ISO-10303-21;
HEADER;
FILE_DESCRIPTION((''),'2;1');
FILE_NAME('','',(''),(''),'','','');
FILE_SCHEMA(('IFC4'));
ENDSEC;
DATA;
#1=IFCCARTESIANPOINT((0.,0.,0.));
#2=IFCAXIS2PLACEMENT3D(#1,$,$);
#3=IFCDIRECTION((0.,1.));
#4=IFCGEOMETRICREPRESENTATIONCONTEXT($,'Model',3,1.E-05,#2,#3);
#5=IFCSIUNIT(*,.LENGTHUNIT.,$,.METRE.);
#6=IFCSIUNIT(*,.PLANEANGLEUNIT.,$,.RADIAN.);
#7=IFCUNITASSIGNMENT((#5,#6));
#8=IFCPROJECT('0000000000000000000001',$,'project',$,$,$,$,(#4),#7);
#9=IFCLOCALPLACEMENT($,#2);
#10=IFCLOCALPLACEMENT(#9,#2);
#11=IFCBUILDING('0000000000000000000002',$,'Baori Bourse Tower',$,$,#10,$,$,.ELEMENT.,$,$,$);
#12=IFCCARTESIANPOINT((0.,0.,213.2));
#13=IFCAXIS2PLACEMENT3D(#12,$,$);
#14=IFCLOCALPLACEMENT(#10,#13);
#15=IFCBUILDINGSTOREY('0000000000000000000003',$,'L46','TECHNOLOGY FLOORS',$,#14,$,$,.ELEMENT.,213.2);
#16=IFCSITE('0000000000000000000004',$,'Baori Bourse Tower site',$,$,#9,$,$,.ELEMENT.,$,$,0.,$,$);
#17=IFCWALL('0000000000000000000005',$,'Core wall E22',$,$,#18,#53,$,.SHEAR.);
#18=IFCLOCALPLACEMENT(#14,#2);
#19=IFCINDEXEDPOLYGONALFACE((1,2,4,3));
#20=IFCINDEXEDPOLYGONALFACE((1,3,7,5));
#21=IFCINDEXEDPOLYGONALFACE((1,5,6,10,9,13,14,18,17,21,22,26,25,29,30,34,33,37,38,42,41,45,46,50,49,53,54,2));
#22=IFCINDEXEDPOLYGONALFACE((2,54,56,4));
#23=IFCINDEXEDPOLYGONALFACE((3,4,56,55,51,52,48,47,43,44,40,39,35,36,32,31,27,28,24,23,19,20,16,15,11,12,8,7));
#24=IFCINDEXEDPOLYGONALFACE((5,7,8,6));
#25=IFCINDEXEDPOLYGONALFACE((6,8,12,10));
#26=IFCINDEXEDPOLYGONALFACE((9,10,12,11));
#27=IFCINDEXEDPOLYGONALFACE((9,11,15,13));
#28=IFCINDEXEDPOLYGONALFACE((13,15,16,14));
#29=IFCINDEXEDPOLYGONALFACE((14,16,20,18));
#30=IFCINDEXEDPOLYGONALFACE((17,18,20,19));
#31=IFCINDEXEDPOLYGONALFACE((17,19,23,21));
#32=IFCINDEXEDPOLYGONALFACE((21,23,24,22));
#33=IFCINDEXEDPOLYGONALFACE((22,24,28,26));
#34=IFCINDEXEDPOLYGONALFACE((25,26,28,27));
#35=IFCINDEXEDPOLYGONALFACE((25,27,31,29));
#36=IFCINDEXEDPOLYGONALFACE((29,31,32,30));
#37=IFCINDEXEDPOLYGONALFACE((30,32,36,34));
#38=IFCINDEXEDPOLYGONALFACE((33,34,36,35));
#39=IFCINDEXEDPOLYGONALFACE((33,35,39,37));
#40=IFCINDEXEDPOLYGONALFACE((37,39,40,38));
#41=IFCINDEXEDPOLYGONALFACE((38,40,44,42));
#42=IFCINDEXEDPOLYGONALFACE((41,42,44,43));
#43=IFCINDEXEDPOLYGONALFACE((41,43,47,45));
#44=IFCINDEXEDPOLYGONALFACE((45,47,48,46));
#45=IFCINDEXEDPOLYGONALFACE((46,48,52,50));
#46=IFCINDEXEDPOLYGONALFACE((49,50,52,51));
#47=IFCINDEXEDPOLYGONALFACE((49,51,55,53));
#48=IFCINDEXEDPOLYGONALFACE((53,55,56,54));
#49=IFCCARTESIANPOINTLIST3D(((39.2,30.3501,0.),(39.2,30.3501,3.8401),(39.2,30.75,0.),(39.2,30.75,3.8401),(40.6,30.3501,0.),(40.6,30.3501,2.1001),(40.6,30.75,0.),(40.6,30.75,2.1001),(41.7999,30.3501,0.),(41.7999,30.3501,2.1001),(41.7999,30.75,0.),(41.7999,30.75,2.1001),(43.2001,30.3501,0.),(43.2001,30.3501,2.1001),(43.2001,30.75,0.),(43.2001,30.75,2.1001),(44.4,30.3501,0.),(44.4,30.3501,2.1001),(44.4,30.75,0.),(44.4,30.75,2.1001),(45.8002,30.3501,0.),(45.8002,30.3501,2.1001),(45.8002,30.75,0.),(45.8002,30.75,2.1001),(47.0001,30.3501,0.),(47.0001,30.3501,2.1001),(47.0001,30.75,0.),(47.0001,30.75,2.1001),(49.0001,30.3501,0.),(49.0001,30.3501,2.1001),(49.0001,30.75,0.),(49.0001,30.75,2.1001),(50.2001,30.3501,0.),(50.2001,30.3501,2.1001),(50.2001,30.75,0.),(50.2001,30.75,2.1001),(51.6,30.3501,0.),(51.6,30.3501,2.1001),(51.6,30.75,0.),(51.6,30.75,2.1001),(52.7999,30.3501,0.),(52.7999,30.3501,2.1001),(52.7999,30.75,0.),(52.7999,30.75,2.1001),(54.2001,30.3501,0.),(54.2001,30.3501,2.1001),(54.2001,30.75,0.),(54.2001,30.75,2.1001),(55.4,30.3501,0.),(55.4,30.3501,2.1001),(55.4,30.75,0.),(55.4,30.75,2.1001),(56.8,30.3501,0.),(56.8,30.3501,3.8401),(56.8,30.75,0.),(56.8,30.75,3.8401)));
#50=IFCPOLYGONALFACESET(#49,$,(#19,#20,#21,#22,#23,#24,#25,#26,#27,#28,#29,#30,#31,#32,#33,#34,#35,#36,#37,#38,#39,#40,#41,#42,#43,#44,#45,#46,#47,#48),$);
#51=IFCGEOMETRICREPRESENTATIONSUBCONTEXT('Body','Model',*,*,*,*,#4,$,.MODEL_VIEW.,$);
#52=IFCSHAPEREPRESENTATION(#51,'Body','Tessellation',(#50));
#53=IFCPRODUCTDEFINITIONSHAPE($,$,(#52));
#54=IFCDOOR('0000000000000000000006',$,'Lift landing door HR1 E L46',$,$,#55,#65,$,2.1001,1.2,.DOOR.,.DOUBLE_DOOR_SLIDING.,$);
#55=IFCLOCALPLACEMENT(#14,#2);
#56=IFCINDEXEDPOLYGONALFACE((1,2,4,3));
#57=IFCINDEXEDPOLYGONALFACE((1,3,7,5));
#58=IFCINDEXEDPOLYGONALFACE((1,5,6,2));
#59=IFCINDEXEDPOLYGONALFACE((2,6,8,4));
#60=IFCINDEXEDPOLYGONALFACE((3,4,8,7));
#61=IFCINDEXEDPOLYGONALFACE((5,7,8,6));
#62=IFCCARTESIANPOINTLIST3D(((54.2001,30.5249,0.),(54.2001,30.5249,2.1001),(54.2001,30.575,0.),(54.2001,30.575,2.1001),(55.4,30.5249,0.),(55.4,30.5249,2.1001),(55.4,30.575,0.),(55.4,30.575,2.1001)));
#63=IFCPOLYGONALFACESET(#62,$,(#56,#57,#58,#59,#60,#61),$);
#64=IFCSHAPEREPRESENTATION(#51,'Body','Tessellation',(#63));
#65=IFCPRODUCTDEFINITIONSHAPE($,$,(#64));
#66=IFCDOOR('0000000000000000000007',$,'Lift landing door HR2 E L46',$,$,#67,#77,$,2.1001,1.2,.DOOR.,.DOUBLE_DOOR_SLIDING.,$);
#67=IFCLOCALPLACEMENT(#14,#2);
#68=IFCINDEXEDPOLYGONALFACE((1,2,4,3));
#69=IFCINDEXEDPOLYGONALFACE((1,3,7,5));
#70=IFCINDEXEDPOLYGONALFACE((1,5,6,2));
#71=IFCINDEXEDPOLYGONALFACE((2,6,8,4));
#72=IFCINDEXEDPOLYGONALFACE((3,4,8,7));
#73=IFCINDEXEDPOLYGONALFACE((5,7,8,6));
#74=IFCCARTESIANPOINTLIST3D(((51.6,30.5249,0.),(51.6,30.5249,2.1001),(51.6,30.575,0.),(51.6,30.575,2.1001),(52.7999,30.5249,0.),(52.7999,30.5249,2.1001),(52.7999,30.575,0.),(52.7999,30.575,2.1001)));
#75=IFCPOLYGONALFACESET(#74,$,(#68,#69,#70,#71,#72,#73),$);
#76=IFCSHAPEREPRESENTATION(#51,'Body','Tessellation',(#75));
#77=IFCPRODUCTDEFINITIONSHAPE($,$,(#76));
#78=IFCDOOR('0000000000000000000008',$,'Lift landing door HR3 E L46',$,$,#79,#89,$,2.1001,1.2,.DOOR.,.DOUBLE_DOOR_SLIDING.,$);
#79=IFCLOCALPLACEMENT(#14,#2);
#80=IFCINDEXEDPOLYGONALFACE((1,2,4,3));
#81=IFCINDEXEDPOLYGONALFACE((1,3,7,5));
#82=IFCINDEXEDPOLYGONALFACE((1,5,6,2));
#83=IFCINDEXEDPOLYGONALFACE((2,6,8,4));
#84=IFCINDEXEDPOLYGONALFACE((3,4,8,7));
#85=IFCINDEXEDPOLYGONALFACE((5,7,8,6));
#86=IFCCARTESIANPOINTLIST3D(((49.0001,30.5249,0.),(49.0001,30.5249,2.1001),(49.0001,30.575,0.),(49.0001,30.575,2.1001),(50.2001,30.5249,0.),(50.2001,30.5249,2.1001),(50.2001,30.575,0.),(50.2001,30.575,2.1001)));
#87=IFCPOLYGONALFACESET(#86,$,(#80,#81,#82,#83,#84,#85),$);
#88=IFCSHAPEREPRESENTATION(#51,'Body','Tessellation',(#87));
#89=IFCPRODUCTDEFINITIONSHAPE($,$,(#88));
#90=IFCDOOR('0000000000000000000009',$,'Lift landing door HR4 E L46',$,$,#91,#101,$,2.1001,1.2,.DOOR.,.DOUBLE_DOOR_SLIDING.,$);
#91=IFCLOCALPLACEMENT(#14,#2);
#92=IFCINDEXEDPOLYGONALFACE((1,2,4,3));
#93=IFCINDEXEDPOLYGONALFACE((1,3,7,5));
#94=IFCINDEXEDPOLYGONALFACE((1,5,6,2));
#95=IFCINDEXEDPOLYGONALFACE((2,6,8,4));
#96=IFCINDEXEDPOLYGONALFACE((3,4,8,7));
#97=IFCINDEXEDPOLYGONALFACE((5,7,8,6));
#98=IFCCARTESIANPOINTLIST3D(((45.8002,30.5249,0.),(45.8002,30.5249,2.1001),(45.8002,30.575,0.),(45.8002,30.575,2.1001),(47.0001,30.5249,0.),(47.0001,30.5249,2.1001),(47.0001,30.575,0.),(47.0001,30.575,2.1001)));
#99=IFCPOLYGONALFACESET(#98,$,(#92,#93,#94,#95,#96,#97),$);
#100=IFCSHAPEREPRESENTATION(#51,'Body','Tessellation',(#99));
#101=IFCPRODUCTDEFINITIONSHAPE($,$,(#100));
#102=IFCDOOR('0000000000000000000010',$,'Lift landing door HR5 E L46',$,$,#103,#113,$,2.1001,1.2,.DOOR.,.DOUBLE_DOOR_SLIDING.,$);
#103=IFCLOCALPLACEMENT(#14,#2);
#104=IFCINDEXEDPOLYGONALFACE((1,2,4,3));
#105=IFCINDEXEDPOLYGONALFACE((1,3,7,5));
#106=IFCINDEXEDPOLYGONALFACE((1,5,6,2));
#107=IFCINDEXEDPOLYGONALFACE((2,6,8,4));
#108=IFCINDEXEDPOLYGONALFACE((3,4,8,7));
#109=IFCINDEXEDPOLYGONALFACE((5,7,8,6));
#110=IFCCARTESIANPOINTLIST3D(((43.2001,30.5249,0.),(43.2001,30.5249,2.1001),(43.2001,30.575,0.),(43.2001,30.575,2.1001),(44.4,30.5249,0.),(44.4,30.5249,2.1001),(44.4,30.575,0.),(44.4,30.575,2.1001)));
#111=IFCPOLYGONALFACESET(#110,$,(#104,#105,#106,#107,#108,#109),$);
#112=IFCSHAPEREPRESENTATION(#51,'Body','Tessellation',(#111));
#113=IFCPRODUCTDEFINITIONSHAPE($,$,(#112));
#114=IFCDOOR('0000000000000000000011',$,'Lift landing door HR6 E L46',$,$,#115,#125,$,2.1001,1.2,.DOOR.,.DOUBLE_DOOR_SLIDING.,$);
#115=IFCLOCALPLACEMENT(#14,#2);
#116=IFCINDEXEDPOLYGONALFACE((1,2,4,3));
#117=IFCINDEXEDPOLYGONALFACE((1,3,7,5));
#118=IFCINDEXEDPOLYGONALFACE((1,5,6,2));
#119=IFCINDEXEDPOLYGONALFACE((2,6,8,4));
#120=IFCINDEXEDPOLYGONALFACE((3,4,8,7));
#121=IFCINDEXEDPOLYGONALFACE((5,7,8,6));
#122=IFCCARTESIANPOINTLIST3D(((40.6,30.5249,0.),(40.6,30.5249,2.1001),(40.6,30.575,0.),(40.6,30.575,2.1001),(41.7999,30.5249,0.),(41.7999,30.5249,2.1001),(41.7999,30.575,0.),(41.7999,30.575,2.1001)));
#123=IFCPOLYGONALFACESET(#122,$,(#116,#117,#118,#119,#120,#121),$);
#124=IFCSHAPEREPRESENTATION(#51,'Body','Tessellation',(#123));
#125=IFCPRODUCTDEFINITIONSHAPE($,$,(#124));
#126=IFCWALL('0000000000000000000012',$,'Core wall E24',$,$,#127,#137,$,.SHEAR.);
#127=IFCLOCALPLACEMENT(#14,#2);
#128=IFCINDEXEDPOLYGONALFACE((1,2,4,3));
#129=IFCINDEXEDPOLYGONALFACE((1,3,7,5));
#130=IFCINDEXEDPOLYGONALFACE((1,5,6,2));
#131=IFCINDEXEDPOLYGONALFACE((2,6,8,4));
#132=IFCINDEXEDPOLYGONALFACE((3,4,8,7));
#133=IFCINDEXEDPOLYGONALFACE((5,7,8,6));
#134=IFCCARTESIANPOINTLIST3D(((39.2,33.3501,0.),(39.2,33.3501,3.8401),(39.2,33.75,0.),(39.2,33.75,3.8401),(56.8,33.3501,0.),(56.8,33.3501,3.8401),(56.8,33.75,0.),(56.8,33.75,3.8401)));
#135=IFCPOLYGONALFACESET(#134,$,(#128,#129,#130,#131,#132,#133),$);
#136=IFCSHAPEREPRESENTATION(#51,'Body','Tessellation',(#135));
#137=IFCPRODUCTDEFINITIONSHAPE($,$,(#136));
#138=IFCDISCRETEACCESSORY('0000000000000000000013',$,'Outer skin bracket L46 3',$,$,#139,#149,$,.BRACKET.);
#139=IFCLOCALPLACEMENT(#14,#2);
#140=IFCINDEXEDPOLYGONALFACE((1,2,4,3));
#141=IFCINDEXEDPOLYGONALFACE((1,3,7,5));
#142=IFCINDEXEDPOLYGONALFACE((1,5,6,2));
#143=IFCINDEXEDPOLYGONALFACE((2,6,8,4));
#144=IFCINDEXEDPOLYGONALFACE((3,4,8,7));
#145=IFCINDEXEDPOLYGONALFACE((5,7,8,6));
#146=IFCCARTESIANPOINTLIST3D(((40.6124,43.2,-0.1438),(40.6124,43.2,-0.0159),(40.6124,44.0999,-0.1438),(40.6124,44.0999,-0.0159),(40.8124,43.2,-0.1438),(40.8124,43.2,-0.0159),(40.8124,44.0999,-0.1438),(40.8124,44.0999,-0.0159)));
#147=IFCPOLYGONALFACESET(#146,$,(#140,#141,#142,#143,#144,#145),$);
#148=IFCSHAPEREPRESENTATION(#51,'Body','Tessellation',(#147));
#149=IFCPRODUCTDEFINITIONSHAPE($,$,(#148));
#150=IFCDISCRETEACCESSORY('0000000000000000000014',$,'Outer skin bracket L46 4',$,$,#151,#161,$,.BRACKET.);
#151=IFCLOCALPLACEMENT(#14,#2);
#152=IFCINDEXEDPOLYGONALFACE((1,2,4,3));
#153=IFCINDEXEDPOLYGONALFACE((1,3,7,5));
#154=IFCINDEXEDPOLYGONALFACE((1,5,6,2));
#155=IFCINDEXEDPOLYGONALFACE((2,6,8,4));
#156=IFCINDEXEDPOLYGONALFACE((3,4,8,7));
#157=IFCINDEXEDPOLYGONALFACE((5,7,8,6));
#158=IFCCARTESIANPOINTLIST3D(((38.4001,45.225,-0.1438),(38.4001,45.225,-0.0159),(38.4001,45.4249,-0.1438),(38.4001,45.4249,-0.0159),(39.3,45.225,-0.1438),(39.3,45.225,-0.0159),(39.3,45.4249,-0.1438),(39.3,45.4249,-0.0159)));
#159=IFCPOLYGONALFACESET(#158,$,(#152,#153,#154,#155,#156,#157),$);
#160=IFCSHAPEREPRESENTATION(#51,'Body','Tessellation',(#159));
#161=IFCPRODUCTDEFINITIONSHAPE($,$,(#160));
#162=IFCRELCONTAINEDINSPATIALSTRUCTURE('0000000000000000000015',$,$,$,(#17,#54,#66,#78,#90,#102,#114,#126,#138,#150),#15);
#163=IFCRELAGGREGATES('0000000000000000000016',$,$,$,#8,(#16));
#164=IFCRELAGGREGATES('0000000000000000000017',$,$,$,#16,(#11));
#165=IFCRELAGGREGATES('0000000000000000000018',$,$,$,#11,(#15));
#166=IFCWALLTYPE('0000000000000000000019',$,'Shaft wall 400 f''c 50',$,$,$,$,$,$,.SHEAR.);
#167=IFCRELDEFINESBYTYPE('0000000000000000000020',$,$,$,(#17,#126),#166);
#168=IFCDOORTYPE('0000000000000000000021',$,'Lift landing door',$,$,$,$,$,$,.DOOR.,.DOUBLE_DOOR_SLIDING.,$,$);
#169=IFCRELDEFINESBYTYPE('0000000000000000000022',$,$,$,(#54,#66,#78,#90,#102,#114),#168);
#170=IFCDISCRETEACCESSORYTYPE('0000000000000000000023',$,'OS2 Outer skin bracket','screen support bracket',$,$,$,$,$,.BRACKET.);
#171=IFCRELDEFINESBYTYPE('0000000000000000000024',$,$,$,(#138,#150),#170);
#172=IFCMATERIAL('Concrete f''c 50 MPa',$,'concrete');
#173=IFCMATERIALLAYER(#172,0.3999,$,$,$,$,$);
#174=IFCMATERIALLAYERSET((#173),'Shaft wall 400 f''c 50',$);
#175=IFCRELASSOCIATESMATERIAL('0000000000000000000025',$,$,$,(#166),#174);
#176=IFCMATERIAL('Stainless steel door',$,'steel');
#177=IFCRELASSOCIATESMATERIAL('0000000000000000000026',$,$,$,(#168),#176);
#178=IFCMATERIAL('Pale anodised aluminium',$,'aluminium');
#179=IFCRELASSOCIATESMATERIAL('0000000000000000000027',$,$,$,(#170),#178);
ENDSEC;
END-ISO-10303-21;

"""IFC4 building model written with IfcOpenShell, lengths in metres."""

from ifc_helpers import new_model, si_unit, direction, frame, frame_2d, origin, origin_2d, place, context, subcontext, project, spatial, rectangle, extrude, material, layer, layer_set, type_object, element, fill, save


model = new_model("IFC4")

# Units and contexts
model_context = context("Model", 3, precision=1e-05, world=origin(), true_north=direction((0.0, 1.0)))
body_context = subcontext(model_context, "Body", "Model", "MODEL_VIEW")
ifc_project = project(units=[si_unit("LENGTHUNIT", "METRE"), si_unit("PLANEANGLEUNIT", "RADIAN")], contexts=[model_context])

# Site, building, storey
site_placement = place(None, origin())
site = spatial("IfcSite", under=ifc_project, at=site_placement, Name="Baori Bourse Tower site", CompositionType="ELEMENT", RefElevation=0.0)
building_placement = place(site_placement, origin())
building = spatial("IfcBuilding", under=site, at=building_placement, Name="Baori Bourse Tower", CompositionType="ELEMENT")
storey_placement = place(building_placement, frame((0.0, 0.0, 213.2)))
storey = spatial("IfcBuildingStorey", under=building, at=storey_placement, Name="L46", Description="TECHNOLOGY FLOORS", CompositionType="ELEMENT", Elevation=213.2)

# Wall, openings, doors
ifc_material_1 = material(Name="Concrete f'c 50 MPa", Category="concrete")
ifc_layer_1 = layer(ifc_material_1, 0.3999)
ifc_layer_set_1 = layer_set([ifc_layer_1], Name="Shaft wall 400 f'c 50")
wall_type_1 = type_object("IfcWallType", Name="Shaft wall 400 f'c 50", PredefinedType="SHEAR", material=ifc_layer_set_1)
wall_1_placement = place(storey_placement, frame((39.2, 30.55, 0.0), z_axis=(0.0, 0.0, 1.0), x_axis=(1.0, 0.0, 0.0)))
wall_1 = element("IfcWall", 1, at=wall_1_placement, inside=storey, type_object=wall_type_1, Name="Core wall E22", PredefinedType="SHEAR", context=body_context, shape_type="SweptSolid", body=[
    extrude(rectangle(XDim=17.6001, YDim=0.3999, at=frame_2d((8.8, 0.0))), origin(), (0.0, 0.0, 1.0), 3.8401),
])
opening_1_placement = place(wall_1_placement, frame((15.0, 0.0, 0.0)))
opening_1 = element("IfcOpeningElement", 2, at=opening_1_placement, cuts=wall_1, PredefinedType="OPENING", context=body_context, shape_type="SweptSolid", body=[
    extrude(rectangle(XDim=1.2, YDim=2.1001, at=frame_2d((0.6001, 1.05))), frame((0.0, 0.21, 0.0), z_axis=(0.0, -1.0, 0.0), x_axis=(1.0, 0.0, 0.0)), (0.0, 0.0, 1.0), 0.4199),
])
opening_2_placement = place(wall_1_placement, frame((12.3999, 0.0, 0.0)))
opening_2 = element("IfcOpeningElement", 3, at=opening_2_placement, cuts=wall_1, PredefinedType="OPENING", context=body_context, shape_type="SweptSolid", body=[
    extrude(rectangle(XDim=1.2, YDim=2.1001, at=frame_2d((0.6001, 1.05))), frame((0.0, 0.21, 0.0), z_axis=(0.0, -1.0, 0.0), x_axis=(1.0, 0.0, 0.0)), (0.0, 0.0, 1.0), 0.4199),
])
opening_3_placement = place(wall_1_placement, frame((9.8, 0.0, 0.0)))
opening_3 = element("IfcOpeningElement", 4, at=opening_3_placement, cuts=wall_1, PredefinedType="OPENING", context=body_context, shape_type="SweptSolid", body=[
    extrude(rectangle(XDim=1.2, YDim=2.1001, at=frame_2d((0.6001, 1.05))), frame((0.0, 0.21, 0.0), z_axis=(0.0, -1.0, 0.0), x_axis=(1.0, 0.0, 0.0)), (0.0, 0.0, 1.0), 0.4199),
])
opening_4_placement = place(wall_1_placement, frame((6.6001, 0.0, 0.0)))
opening_4 = element("IfcOpeningElement", 5, at=opening_4_placement, cuts=wall_1, PredefinedType="OPENING", context=body_context, shape_type="SweptSolid", body=[
    extrude(rectangle(XDim=1.2, YDim=2.1001, at=frame_2d((0.6001, 1.05))), frame((0.0, 0.21, 0.0), z_axis=(0.0, -1.0, 0.0), x_axis=(1.0, 0.0, 0.0)), (0.0, 0.0, 1.0), 0.4199),
])
opening_5_placement = place(wall_1_placement, frame((4.0, 0.0, 0.0)))
opening_5 = element("IfcOpeningElement", 6, at=opening_5_placement, cuts=wall_1, PredefinedType="OPENING", context=body_context, shape_type="SweptSolid", body=[
    extrude(rectangle(XDim=1.2, YDim=2.1001, at=frame_2d((0.6001, 1.05))), frame((0.0, 0.21, 0.0), z_axis=(0.0, -1.0, 0.0), x_axis=(1.0, 0.0, 0.0)), (0.0, 0.0, 1.0), 0.4199),
])
opening_6_placement = place(wall_1_placement, frame((1.3999, 0.0, 0.0)))
opening_6 = element("IfcOpeningElement", 7, at=opening_6_placement, cuts=wall_1, PredefinedType="OPENING", context=body_context, shape_type="SweptSolid", body=[
    extrude(rectangle(XDim=1.2, YDim=2.1001, at=frame_2d((0.6001, 1.05))), frame((0.0, 0.21, 0.0), z_axis=(0.0, -1.0, 0.0), x_axis=(1.0, 0.0, 0.0)), (0.0, 0.0, 1.0), 0.4199),
])
ifc_material_2 = material(Name="Stainless steel door", Category="steel")
door_type_1 = type_object("IfcDoorType", Name="Lift landing door", OperationType="DOUBLE_DOOR_SLIDING", PredefinedType="DOOR", material=ifc_material_2)
door_1_placement = place(opening_1_placement, origin())
door_1 = element("IfcDoor", 8, at=door_1_placement, inside=storey, type_object=door_type_1, Name="Lift landing door HR1 E L46", OperationType="DOUBLE_DOOR_SLIDING", OverallHeight=2.1001, OverallWidth=1.2, PredefinedType="DOOR", context=body_context, shape_type="SweptSolid", body=[
    extrude(rectangle(XDim=1.2, YDim=2.1001, at=frame_2d((0.6001, 1.05))), frame((0.0, 0.0249, 0.0), z_axis=(0.0, -1.0, 0.0), x_axis=(1.0, 0.0, 0.0)), (0.0, 0.0, 1.0), 0.05),
])
fill(opening_1, door_1)
door_2_placement = place(opening_2_placement, origin())
door_2 = element("IfcDoor", 9, at=door_2_placement, inside=storey, type_object=door_type_1, Name="Lift landing door HR2 E L46", OperationType="DOUBLE_DOOR_SLIDING", OverallHeight=2.1001, OverallWidth=1.2, PredefinedType="DOOR", context=body_context, shape_type="SweptSolid", body=[
    extrude(rectangle(XDim=1.2, YDim=2.1001, at=frame_2d((0.6001, 1.05))), frame((0.0, 0.0249, 0.0), z_axis=(0.0, -1.0, 0.0), x_axis=(1.0, 0.0, 0.0)), (0.0, 0.0, 1.0), 0.05),
])
fill(opening_2, door_2)
door_3_placement = place(opening_3_placement, origin())
door_3 = element("IfcDoor", 10, at=door_3_placement, inside=storey, type_object=door_type_1, Name="Lift landing door HR3 E L46", OperationType="DOUBLE_DOOR_SLIDING", OverallHeight=2.1001, OverallWidth=1.2, PredefinedType="DOOR", context=body_context, shape_type="SweptSolid", body=[
    extrude(rectangle(XDim=1.2, YDim=2.1001, at=frame_2d((0.6001, 1.05))), frame((0.0, 0.0249, 0.0), z_axis=(0.0, -1.0, 0.0), x_axis=(1.0, 0.0, 0.0)), (0.0, 0.0, 1.0), 0.05),
])
fill(opening_3, door_3)
door_4_placement = place(opening_4_placement, origin())
door_4 = element("IfcDoor", 11, at=door_4_placement, inside=storey, type_object=door_type_1, Name="Lift landing door HR4 E L46", OperationType="DOUBLE_DOOR_SLIDING", OverallHeight=2.1001, OverallWidth=1.2, PredefinedType="DOOR", context=body_context, shape_type="SweptSolid", body=[
    extrude(rectangle(XDim=1.2, YDim=2.1001, at=frame_2d((0.6001, 1.05))), frame((0.0, 0.0249, 0.0), z_axis=(0.0, -1.0, 0.0), x_axis=(1.0, 0.0, 0.0)), (0.0, 0.0, 1.0), 0.05),
])
fill(opening_4, door_4)
door_5_placement = place(opening_5_placement, origin())
door_5 = element("IfcDoor", 12, at=door_5_placement, inside=storey, type_object=door_type_1, Name="Lift landing door HR5 E L46", OperationType="DOUBLE_DOOR_SLIDING", OverallHeight=2.1001, OverallWidth=1.2, PredefinedType="DOOR", context=body_context, shape_type="SweptSolid", body=[
    extrude(rectangle(XDim=1.2, YDim=2.1001, at=frame_2d((0.6001, 1.05))), frame((0.0, 0.0249, 0.0), z_axis=(0.0, -1.0, 0.0), x_axis=(1.0, 0.0, 0.0)), (0.0, 0.0, 1.0), 0.05),
])
fill(opening_5, door_5)
door_6_placement = place(opening_6_placement, origin())
door_6 = element("IfcDoor", 13, at=door_6_placement, inside=storey, type_object=door_type_1, Name="Lift landing door HR6 E L46", OperationType="DOUBLE_DOOR_SLIDING", OverallHeight=2.1001, OverallWidth=1.2, PredefinedType="DOOR", context=body_context, shape_type="SweptSolid", body=[
    extrude(rectangle(XDim=1.2, YDim=2.1001, at=frame_2d((0.6001, 1.05))), frame((0.0, 0.0249, 0.0), z_axis=(0.0, -1.0, 0.0), x_axis=(1.0, 0.0, 0.0)), (0.0, 0.0, 1.0), 0.05),
])
fill(opening_6, door_6)

# Wall
wall_2_placement = place(storey_placement, frame((39.2, 33.55, 0.0), z_axis=(0.0, 0.0, 1.0), x_axis=(1.0, 0.0, 0.0)))
element("IfcWall", 14, at=wall_2_placement, inside=storey, type_object=wall_type_1, Name="Core wall E24", PredefinedType="SHEAR", context=body_context, shape_type="SweptSolid", body=[
    extrude(rectangle(XDim=17.6001, YDim=0.3999, at=frame_2d((8.8, 0.0))), origin(), (0.0, 0.0, 1.0), 3.8401),
])

# Discrete accessories
ifc_material_3 = material(Name="Pale anodised aluminium", Category="aluminium")
discrete_accessory_type = type_object("IfcDiscreteAccessoryType", Name="OS2 Outer skin bracket", Description="screen support bracket", PredefinedType="BRACKET", material=ifc_material_3)
for number, where, z_axis, x_axis, name in (
    (15, (40.7124, 43.6499, -0.1438), (0.0, 0.0, 1.0), (-1.0, 0.0, 0.0), "Outer skin bracket L46 3"),
    (16, (38.8501, 45.325, -0.1438), (0.0, 0.0, 1.0), (0.0, 1.0, 0.0), "Outer skin bracket L46 4"),
):
    element("IfcDiscreteAccessory", number, at=place(storey_placement, frame(where, z_axis=z_axis, x_axis=x_axis)), inside=storey, type_object=discrete_accessory_type, Name=name, PredefinedType="BRACKET", context=body_context, shape_type="SweptSolid", body=[
        extrude(rectangle(XDim=0.2, YDim=0.8999, at=origin_2d()), origin(), (0.0, 0.0, 1.0), 0.1279),
    ])

save(model, "model.ifc")
